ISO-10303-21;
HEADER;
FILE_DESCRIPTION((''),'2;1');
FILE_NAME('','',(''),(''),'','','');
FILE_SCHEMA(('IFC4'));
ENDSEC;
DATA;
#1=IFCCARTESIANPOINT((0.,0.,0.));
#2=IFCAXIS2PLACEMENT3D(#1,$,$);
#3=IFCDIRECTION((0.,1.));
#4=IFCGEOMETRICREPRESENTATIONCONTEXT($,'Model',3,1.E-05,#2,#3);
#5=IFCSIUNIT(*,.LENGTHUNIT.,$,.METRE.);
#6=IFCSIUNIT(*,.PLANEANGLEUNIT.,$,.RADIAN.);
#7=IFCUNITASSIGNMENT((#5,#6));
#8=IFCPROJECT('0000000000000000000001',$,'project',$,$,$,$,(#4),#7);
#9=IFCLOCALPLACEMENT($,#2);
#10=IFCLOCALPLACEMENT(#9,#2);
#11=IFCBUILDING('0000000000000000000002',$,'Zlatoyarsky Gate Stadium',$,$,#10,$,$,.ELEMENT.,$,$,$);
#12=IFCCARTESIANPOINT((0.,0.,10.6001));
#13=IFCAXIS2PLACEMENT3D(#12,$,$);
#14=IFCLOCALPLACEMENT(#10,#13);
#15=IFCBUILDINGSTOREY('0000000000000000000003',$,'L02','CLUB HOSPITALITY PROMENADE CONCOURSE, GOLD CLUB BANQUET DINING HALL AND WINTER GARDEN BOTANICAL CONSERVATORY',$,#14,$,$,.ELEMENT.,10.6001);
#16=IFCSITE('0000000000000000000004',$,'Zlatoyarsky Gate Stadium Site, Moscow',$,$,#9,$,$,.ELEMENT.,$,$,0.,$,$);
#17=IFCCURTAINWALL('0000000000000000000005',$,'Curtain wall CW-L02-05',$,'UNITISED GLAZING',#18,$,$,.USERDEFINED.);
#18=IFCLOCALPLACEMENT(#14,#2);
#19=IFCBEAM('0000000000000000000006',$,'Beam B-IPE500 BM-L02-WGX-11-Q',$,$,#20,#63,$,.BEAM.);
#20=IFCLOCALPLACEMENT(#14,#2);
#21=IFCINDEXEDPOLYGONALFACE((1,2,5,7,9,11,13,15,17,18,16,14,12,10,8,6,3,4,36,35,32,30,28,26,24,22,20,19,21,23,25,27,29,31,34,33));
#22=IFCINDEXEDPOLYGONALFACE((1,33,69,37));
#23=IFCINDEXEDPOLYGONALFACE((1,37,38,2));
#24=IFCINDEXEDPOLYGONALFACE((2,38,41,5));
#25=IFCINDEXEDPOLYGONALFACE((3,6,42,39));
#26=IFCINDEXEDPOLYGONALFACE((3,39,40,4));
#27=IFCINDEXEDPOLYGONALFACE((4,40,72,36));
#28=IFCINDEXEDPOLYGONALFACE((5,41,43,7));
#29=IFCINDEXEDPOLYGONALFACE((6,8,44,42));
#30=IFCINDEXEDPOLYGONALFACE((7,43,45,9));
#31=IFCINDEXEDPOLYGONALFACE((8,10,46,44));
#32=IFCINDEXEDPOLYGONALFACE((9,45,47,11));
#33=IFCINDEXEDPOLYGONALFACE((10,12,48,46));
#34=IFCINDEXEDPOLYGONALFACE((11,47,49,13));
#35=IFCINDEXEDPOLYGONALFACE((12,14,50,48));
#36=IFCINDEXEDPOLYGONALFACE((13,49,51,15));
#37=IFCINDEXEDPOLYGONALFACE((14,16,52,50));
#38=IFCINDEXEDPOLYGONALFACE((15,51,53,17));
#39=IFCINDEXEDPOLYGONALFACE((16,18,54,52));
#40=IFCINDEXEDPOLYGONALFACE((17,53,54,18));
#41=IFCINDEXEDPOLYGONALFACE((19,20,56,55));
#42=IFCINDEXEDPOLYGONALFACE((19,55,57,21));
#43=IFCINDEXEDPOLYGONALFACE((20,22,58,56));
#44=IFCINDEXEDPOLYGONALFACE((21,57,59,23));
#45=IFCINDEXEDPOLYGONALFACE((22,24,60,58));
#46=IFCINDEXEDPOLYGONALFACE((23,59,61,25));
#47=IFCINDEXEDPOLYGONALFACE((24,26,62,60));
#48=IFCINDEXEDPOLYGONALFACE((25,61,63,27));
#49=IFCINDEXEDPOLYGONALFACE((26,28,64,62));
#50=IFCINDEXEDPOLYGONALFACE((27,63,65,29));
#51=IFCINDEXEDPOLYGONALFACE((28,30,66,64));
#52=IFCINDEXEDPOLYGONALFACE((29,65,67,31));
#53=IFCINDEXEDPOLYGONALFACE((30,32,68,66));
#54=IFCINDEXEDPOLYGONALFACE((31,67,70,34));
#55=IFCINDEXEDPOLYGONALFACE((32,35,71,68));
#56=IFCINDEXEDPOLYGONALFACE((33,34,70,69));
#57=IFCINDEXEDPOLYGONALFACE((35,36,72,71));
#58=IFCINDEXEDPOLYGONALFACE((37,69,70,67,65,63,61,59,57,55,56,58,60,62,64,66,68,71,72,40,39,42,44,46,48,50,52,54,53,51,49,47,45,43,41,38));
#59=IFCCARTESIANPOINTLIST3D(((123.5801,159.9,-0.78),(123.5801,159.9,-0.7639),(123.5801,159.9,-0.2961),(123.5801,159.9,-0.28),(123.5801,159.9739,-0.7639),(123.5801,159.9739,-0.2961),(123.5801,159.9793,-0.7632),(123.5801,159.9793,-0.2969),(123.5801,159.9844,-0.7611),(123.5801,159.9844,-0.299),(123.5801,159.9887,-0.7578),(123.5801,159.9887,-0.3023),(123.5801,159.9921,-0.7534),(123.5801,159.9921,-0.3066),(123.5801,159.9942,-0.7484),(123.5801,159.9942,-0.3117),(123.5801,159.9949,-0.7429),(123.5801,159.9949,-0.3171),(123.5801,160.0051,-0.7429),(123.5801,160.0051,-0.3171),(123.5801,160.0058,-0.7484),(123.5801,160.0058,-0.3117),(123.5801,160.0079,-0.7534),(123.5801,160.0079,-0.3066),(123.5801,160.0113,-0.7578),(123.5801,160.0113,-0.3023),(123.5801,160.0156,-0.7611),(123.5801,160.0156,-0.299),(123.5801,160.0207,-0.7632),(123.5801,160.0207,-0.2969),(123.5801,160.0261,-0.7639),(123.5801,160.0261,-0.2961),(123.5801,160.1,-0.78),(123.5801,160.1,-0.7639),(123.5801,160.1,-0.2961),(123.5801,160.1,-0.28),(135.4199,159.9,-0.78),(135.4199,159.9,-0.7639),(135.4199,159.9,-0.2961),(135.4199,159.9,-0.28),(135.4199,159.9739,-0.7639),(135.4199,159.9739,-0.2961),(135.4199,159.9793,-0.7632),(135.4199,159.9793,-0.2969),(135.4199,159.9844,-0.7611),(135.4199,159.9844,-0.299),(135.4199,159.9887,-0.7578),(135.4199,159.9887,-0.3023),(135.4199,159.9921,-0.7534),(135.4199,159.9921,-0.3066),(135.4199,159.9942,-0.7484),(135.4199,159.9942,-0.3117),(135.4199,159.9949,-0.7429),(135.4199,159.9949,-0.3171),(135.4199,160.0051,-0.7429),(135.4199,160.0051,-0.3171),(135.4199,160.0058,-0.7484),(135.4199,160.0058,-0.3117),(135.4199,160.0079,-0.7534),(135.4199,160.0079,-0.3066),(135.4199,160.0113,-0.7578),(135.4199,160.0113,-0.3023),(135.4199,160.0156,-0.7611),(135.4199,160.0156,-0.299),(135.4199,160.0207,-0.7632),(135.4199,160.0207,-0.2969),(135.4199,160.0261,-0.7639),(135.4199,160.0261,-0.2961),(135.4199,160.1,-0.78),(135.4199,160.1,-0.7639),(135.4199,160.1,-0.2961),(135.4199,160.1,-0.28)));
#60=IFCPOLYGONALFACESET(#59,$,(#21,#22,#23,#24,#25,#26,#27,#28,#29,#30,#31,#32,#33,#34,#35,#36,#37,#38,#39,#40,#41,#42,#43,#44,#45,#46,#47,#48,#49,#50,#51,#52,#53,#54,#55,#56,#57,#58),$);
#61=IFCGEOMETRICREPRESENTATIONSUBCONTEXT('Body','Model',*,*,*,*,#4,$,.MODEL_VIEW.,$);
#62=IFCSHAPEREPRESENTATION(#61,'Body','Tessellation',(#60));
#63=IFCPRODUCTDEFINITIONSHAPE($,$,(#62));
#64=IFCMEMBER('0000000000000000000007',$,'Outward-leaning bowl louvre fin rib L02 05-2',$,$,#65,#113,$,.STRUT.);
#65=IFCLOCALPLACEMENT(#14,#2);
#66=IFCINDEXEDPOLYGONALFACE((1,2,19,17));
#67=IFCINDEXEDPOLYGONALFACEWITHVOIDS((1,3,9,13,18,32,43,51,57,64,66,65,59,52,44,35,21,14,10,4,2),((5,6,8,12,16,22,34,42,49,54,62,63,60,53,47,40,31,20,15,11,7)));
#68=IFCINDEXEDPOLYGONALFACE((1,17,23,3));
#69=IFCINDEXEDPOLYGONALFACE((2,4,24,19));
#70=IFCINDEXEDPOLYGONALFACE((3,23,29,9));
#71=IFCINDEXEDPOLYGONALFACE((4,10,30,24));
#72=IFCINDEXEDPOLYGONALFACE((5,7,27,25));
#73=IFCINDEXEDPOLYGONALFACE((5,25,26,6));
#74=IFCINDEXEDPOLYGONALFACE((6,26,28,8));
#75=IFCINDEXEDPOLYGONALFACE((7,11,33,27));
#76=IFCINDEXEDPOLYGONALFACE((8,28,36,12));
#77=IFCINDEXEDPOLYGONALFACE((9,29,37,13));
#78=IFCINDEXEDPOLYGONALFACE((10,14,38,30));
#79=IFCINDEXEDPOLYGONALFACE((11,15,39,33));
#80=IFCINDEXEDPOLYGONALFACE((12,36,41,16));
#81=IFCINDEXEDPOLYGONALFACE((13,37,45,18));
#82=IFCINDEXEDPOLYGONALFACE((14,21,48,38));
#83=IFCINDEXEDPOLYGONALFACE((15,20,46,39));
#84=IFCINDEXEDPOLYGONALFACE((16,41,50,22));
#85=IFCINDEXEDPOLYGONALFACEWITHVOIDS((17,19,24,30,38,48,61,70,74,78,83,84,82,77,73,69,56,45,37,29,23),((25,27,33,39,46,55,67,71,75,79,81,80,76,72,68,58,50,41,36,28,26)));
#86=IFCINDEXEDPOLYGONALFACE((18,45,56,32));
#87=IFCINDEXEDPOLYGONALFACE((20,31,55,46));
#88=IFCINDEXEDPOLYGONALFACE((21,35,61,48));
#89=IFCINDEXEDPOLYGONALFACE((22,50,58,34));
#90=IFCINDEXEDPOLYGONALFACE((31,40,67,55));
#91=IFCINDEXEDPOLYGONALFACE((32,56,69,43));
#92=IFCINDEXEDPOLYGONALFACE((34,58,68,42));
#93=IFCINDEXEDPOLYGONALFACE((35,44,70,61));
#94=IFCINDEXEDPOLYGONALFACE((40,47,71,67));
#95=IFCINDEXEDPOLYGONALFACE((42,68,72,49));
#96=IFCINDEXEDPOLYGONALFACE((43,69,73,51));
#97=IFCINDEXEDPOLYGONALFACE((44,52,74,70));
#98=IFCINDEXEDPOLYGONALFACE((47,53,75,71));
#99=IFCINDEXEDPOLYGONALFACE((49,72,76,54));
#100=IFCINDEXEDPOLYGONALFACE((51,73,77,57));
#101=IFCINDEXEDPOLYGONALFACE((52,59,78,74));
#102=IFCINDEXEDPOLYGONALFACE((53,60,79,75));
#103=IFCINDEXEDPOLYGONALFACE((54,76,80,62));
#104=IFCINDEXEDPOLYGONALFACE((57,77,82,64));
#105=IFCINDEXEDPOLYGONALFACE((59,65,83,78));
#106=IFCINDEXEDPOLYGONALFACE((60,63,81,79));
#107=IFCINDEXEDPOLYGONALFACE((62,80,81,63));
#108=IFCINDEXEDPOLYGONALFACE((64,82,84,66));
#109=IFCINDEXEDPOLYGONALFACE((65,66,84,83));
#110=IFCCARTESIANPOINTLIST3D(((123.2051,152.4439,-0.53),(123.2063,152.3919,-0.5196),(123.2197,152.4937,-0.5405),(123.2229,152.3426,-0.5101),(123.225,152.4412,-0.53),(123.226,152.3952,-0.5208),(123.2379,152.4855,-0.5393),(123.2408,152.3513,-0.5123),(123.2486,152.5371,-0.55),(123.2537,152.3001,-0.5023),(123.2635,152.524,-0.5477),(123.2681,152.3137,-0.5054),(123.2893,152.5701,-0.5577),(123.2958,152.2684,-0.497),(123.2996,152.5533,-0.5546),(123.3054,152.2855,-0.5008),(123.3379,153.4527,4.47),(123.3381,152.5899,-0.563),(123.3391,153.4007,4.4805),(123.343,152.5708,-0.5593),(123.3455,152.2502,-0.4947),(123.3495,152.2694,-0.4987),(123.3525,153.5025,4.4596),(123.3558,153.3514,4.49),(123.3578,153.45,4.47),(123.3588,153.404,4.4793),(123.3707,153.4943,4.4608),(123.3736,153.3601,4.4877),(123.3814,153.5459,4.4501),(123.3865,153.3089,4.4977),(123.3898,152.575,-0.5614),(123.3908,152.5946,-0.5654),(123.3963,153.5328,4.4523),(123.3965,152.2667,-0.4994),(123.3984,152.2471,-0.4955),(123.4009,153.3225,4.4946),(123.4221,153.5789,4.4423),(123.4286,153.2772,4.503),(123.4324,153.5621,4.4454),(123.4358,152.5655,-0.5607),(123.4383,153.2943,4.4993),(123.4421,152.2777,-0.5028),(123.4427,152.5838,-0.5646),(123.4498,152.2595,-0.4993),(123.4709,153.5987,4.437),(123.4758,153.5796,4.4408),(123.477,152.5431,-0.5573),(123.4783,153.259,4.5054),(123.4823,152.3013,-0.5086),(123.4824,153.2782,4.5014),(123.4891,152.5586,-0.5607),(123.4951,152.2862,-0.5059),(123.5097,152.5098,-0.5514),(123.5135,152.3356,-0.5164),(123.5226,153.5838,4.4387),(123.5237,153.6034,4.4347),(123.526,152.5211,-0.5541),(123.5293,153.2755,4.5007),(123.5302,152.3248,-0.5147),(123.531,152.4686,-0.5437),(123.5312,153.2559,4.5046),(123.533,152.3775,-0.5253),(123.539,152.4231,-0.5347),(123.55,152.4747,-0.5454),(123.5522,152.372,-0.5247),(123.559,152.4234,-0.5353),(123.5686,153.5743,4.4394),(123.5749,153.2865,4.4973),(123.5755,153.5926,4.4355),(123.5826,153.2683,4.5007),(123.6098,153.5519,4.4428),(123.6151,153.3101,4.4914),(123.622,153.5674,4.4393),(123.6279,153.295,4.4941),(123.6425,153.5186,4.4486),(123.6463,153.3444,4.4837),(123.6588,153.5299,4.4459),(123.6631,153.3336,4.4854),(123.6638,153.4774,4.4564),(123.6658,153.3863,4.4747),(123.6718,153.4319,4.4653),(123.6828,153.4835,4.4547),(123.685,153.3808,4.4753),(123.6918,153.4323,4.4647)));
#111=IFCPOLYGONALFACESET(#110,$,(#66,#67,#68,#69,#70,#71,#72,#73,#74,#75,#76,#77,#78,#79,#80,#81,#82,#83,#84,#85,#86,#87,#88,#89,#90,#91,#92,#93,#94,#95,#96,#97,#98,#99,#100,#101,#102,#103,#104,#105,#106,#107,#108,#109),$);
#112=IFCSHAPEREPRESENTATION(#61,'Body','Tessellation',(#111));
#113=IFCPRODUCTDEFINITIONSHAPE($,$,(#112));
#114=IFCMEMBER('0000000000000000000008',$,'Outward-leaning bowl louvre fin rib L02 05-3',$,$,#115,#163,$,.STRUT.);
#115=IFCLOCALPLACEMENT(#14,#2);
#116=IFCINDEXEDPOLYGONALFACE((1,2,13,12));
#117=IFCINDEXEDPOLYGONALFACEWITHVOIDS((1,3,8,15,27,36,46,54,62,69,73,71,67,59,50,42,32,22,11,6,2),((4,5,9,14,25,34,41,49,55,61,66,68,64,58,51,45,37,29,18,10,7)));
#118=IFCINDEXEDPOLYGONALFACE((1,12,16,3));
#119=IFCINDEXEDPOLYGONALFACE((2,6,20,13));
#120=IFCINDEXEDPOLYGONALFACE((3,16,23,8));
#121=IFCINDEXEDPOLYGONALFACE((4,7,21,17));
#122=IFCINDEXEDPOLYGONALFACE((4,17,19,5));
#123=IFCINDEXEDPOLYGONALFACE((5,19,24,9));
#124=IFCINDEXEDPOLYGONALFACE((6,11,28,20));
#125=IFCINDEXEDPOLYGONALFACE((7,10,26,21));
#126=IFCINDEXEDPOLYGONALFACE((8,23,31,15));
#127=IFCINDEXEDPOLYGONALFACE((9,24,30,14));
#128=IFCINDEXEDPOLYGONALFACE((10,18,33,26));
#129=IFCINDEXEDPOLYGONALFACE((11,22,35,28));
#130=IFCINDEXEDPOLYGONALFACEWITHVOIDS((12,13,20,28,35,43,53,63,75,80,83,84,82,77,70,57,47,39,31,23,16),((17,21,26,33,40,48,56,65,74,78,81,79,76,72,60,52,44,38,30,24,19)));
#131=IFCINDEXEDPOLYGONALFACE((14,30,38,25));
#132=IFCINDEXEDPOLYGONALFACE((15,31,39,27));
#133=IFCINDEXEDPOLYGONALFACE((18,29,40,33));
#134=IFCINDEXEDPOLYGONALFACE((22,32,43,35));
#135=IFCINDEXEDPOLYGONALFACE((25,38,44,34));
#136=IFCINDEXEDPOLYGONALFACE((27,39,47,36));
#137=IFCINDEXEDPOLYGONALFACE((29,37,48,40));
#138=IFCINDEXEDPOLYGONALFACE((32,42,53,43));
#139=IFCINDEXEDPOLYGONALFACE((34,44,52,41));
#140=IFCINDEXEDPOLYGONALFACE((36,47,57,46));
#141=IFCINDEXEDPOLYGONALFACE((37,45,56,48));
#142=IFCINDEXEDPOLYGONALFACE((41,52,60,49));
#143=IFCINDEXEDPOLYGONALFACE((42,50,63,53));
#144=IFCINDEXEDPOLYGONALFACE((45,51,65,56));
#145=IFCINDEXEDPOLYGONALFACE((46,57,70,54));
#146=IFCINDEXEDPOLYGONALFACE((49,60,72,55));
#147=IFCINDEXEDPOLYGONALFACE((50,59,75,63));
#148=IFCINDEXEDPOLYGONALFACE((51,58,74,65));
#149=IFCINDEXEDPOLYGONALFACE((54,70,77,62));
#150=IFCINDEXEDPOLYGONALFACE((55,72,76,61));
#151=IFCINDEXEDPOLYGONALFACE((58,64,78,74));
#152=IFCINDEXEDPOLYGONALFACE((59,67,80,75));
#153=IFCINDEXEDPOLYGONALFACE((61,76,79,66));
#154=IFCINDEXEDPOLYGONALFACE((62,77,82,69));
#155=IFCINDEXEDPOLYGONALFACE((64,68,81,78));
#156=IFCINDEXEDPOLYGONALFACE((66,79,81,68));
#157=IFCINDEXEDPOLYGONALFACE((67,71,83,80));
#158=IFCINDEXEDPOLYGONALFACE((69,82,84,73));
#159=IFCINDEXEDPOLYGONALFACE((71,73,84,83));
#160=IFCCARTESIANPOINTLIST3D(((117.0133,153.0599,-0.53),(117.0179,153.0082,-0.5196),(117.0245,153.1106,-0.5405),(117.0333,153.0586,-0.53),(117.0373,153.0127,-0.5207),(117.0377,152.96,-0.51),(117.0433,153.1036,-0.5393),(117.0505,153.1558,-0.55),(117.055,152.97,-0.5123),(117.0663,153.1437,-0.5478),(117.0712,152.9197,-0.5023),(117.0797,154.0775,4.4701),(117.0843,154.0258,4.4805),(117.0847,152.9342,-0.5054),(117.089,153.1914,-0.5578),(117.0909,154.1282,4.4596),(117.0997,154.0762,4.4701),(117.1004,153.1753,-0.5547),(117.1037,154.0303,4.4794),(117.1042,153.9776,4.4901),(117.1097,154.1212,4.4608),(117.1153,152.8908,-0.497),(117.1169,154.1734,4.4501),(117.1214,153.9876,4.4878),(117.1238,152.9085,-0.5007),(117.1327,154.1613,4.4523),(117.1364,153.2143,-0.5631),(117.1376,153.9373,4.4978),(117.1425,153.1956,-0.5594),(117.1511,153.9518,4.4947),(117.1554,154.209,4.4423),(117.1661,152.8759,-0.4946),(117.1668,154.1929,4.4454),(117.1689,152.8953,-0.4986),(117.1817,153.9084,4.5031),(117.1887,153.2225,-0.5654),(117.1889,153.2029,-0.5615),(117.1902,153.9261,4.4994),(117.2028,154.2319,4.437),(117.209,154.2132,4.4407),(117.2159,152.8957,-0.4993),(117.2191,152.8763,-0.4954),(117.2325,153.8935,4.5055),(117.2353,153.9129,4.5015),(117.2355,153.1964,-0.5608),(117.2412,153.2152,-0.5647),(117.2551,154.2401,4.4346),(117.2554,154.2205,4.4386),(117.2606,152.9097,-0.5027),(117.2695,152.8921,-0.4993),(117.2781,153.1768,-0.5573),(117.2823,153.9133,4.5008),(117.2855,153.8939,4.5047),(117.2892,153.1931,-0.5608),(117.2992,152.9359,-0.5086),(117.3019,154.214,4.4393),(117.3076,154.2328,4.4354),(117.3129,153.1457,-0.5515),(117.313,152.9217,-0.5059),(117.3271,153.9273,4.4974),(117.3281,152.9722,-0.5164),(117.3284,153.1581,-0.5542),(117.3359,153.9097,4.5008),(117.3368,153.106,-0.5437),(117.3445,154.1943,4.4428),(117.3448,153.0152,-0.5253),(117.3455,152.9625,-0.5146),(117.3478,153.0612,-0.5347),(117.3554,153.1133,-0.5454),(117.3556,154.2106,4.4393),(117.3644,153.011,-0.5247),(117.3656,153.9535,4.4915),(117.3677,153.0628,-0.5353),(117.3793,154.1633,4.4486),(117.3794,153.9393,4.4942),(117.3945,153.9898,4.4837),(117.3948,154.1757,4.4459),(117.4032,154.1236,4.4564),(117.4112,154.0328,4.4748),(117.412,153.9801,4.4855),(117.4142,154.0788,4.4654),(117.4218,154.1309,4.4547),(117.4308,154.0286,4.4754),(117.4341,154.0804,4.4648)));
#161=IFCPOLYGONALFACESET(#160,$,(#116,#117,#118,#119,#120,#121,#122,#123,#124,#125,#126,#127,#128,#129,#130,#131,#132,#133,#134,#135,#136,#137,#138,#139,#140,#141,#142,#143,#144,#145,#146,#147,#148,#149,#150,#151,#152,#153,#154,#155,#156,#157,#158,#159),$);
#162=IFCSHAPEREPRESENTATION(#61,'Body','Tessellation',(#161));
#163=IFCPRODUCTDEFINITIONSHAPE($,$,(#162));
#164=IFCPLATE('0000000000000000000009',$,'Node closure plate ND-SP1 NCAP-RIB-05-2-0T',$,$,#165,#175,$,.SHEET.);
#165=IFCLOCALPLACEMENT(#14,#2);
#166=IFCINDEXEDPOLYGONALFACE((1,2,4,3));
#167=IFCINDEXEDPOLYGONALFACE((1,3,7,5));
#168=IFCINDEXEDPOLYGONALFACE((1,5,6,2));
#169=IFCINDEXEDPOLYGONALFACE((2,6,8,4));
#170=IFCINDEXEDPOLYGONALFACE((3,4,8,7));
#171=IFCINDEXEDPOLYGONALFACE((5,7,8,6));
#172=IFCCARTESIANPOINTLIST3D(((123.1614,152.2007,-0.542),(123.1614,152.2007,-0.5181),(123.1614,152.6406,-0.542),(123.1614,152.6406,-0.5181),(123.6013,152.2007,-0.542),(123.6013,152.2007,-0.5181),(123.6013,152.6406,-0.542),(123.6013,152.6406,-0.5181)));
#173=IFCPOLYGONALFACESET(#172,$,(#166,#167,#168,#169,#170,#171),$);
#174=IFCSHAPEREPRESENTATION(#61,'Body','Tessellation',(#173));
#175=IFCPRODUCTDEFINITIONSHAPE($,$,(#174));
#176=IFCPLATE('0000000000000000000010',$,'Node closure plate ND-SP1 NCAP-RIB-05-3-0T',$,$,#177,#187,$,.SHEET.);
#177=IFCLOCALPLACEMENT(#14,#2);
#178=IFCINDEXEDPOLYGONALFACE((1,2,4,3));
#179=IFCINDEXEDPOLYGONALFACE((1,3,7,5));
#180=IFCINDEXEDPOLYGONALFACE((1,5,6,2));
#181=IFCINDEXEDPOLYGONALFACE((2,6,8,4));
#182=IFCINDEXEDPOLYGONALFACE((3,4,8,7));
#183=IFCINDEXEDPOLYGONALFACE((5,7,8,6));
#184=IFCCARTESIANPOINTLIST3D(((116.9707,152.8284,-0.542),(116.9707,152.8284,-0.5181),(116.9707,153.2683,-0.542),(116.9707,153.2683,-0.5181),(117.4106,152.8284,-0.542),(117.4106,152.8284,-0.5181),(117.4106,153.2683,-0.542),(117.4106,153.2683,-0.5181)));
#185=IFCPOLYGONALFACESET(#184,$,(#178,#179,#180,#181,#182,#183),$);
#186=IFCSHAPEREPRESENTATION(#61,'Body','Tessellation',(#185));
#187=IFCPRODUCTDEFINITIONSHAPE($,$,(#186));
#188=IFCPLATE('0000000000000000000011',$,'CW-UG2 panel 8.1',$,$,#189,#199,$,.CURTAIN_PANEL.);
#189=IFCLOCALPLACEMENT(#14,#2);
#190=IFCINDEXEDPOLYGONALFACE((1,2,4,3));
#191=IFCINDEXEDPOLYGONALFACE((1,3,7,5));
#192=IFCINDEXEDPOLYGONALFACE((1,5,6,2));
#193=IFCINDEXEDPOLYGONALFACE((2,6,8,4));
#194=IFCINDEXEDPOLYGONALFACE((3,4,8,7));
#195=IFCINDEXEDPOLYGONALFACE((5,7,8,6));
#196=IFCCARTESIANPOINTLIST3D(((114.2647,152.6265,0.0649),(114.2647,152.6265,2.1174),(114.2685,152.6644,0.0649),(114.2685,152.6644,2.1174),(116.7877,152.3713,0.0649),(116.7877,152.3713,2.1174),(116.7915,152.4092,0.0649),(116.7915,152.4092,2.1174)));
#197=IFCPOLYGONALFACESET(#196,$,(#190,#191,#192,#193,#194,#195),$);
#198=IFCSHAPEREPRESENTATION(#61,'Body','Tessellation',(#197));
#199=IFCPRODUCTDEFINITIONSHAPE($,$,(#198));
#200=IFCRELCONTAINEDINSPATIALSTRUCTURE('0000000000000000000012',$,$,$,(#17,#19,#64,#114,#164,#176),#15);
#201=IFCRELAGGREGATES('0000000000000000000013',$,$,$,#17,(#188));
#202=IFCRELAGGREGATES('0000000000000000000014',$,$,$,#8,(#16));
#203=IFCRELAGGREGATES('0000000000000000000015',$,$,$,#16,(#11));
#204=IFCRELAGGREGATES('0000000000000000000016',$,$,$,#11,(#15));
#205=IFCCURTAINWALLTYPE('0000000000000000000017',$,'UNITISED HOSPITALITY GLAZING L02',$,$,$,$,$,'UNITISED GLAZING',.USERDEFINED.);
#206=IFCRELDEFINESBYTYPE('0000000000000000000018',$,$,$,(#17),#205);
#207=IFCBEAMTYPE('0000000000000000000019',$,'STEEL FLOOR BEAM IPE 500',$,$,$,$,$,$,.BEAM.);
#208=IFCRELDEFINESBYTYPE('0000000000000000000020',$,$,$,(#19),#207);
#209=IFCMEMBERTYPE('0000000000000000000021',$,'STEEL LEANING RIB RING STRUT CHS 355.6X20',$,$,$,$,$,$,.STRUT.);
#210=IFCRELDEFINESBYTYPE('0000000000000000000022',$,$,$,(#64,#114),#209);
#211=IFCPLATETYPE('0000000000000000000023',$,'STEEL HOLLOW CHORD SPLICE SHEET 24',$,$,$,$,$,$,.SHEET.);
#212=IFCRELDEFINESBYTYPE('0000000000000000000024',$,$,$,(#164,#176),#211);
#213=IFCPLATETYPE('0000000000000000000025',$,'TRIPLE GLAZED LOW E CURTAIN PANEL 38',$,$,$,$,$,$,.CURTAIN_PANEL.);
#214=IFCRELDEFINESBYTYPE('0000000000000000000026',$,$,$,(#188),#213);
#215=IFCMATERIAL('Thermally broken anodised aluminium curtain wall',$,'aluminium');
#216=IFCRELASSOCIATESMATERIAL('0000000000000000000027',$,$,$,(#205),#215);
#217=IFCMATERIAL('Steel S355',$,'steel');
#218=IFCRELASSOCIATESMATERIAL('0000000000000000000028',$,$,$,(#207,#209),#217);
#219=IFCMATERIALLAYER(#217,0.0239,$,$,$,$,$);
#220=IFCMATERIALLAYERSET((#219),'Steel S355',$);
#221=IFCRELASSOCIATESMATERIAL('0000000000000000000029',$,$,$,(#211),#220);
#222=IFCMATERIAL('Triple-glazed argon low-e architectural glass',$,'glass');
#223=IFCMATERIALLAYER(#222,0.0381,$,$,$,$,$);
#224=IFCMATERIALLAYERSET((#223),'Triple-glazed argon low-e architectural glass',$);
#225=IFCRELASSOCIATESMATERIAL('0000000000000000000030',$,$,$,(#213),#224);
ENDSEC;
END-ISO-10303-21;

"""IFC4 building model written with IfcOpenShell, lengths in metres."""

from ifc_helpers import new_model, si_unit, direction, frame, origin, origin_2d, place, context, subcontext, project, spatial, rectangle, hollow_circle, i_section, extrude, material, layer, layer_set, material_profile, profile_set, type_object, element, aggregate, save


model = new_model("IFC4")

# Units and contexts
model_context = context("Model", 3, precision=1e-05, world=origin(), true_north=direction((0.0, 1.0)))
body_context = subcontext(model_context, "Body", "Model", "MODEL_VIEW")
ifc_project = project(units=[si_unit("LENGTHUNIT", "METRE"), si_unit("PLANEANGLEUNIT", "RADIAN")], contexts=[model_context])

# Site, building, storey
site_placement = place(None, origin())
site = spatial("IfcSite", under=ifc_project, at=site_placement, Name="Zlatoyarsky Gate Stadium Site, Moscow", CompositionType="ELEMENT", RefElevation=0.0)
building_placement = place(site_placement, origin())
building = spatial("IfcBuilding", under=site, at=building_placement, Name="Zlatoyarsky Gate Stadium", CompositionType="ELEMENT")
storey_placement = place(building_placement, frame((0.0, 0.0, 10.6001)))
storey = spatial("IfcBuildingStorey", under=building, at=storey_placement, Name="L02", Description="CLUB HOSPITALITY PROMENADE CONCOURSE, GOLD CLUB BANQUET DINING HALL AND WINTER GARDEN BOTANICAL CONSERVATORY", CompositionType="ELEMENT", Elevation=10.6001)

# Shared definitions
ifc_material_1 = material(Name="Steel S355", Category="steel")

# Curtain wall
ifc_material_2 = material(Name="Thermally broken anodised aluminium curtain wall", Category="aluminium")
curtain_wall_type_1 = type_object("IfcCurtainWallType", Name="UNITISED HOSPITALITY GLAZING L02", ElementType="UNITISED GLAZING", PredefinedType="USERDEFINED", material=ifc_material_2)
curtain_wall_1_placement = place(storey_placement, origin())
curtain_wall_1 = element("IfcCurtainWall", 1, at=curtain_wall_1_placement, inside=storey, type_object=curtain_wall_type_1, Name="Curtain wall CW-L02-05", ObjectType="UNITISED GLAZING", PredefinedType="USERDEFINED")

# Beam
ifc_material_profile_1 = material_profile(ifc_material_1, i_section(OverallWidth=0.2, OverallDepth=0.5, WebThickness=0.0103, FlangeThickness=0.0161, FilletRadius=0.021, at=origin_2d()), Name="IPE 500")
ifc_profile_set_1 = profile_set([ifc_material_profile_1], Name="Steel S355")
beam_type = type_object("IfcBeamType", Name="STEEL FLOOR BEAM IPE 500", PredefinedType="BEAM", material=ifc_profile_set_1)
beam_placement = place(storey_placement, frame((123.5801, 160.0, -0.53), z_axis=(1.0, 0.0, 0.0), x_axis=(0.0, 1.0, 0.0)))
element("IfcBeam", 2, at=beam_placement, inside=storey, type_object=beam_type, Name="Beam B-IPE500 BM-L02-WGX-11-Q", PredefinedType="BEAM", context=body_context, shape_type="SweptSolid", body=[
    extrude(i_section(OverallWidth=0.2, OverallDepth=0.5, WebThickness=0.0103, FlangeThickness=0.0161, FilletRadius=0.021, at=origin_2d()), origin(), (0.0, 0.0, 1.0), 11.8398),
])

# Members
ifc_material_profile_2 = material_profile(ifc_material_1, hollow_circle(Radius=0.1777, WallThickness=0.02, at=origin_2d()), Name="CHS 355.6X20")
ifc_profile_set_2 = profile_set([ifc_material_profile_2], Name="Steel S355")
member_type_1 = type_object("IfcMemberType", Name="STEEL LEANING RIB RING STRUT CHS 355.6X20", PredefinedType="STRUT", material=ifc_profile_set_2)
member_1_placement = place(storey_placement, frame((123.3813, 152.4207, -0.53), z_axis=(0.026029, 0.197706, 0.979916), x_axis=(-0.991444, 0.130529, 0.0)))
element("IfcMember", 3, at=member_1_placement, inside=storey, type_object=member_type_1, Name="Outward-leaning bowl louvre fin rib L02 05-2", PredefinedType="STRUT", context=body_context, shape_type="SweptSolid", body=[
    extrude(hollow_circle(Radius=0.1777, WallThickness=0.02, at=origin_2d()), origin(), (0.0, 0.0, 1.0), 5.1025),
])
member_2_placement = place(storey_placement, frame((117.1907, 153.0483, -0.53), z_axis=(0.013013, 0.199411, 0.97983), x_axis=(-0.997877, 0.065121, 0.0)))
element("IfcMember", 4, at=member_2_placement, inside=storey, type_object=member_type_1, Name="Outward-leaning bowl louvre fin rib L02 05-3", PredefinedType="STRUT", context=body_context, shape_type="SweptSolid", body=[
    extrude(hollow_circle(Radius=0.1777, WallThickness=0.02, at=origin_2d()), origin(), (0.0, 0.0, 1.0), 5.103),
])

# Plates
ifc_layer_1 = layer(ifc_material_1, 0.0239)
ifc_layer_set_1 = layer_set([ifc_layer_1], Name="Steel S355")
plate_type_1 = type_object("IfcPlateType", Name="STEEL HOLLOW CHORD SPLICE SHEET 24", PredefinedType="SHEET", material=ifc_layer_set_1)
for number, where, z_axis, x_axis, name in (
    (5, (123.3813, 152.4207, -0.542), (0.0, 0.0, 1.0), (1.0, 0.0, 0.0), "Node closure plate ND-SP1 NCAP-RIB-05-2-0T"),
    (6, (117.1907, 153.0483, -0.542), (0.0, 0.0, 1.0), (1.0, 0.0, 0.0), "Node closure plate ND-SP1 NCAP-RIB-05-3-0T"),
):
    element("IfcPlate", number, at=place(storey_placement, frame(where, z_axis=z_axis, x_axis=x_axis)), inside=storey, type_object=plate_type_1, Name=name, PredefinedType="SHEET", context=body_context, shape_type="SweptSolid", body=[
        extrude(rectangle(XDim=0.4399, YDim=0.4399, at=origin_2d()), origin(), (0.0, 0.0, 1.0), 0.0239),
    ])

# Plate
ifc_material_3 = material(Name="Triple-glazed argon low-e architectural glass", Category="glass")
ifc_layer_2 = layer(ifc_material_3, 0.0381)
ifc_layer_set_2 = layer_set([ifc_layer_2], Name="Triple-glazed argon low-e architectural glass")
plate_type_2 = type_object("IfcPlateType", Name="TRIPLE GLAZED LOW E CURTAIN PANEL 38", PredefinedType="CURTAIN_PANEL", material=ifc_layer_set_2)
plate_1_placement = place(storey_placement, frame((115.5281, 152.5178, 0.0649), z_axis=(0.0, 0.0, 1.0), x_axis=(-0.994922, 0.100645, 0.0)))
plate_1 = element("IfcPlate", 7, at=plate_1_placement, type_object=plate_type_2, Name="CW-UG2 panel 8.1", PredefinedType="CURTAIN_PANEL", context=body_context, shape_type="SweptSolid", body=[
    extrude(rectangle(XDim=2.5359, YDim=0.0381, at=origin_2d()), origin(), (0.0, 0.0, 1.0), 2.0525),
])
aggregate(curtain_wall_1, [plate_1])

save(model, "model.ifc")
